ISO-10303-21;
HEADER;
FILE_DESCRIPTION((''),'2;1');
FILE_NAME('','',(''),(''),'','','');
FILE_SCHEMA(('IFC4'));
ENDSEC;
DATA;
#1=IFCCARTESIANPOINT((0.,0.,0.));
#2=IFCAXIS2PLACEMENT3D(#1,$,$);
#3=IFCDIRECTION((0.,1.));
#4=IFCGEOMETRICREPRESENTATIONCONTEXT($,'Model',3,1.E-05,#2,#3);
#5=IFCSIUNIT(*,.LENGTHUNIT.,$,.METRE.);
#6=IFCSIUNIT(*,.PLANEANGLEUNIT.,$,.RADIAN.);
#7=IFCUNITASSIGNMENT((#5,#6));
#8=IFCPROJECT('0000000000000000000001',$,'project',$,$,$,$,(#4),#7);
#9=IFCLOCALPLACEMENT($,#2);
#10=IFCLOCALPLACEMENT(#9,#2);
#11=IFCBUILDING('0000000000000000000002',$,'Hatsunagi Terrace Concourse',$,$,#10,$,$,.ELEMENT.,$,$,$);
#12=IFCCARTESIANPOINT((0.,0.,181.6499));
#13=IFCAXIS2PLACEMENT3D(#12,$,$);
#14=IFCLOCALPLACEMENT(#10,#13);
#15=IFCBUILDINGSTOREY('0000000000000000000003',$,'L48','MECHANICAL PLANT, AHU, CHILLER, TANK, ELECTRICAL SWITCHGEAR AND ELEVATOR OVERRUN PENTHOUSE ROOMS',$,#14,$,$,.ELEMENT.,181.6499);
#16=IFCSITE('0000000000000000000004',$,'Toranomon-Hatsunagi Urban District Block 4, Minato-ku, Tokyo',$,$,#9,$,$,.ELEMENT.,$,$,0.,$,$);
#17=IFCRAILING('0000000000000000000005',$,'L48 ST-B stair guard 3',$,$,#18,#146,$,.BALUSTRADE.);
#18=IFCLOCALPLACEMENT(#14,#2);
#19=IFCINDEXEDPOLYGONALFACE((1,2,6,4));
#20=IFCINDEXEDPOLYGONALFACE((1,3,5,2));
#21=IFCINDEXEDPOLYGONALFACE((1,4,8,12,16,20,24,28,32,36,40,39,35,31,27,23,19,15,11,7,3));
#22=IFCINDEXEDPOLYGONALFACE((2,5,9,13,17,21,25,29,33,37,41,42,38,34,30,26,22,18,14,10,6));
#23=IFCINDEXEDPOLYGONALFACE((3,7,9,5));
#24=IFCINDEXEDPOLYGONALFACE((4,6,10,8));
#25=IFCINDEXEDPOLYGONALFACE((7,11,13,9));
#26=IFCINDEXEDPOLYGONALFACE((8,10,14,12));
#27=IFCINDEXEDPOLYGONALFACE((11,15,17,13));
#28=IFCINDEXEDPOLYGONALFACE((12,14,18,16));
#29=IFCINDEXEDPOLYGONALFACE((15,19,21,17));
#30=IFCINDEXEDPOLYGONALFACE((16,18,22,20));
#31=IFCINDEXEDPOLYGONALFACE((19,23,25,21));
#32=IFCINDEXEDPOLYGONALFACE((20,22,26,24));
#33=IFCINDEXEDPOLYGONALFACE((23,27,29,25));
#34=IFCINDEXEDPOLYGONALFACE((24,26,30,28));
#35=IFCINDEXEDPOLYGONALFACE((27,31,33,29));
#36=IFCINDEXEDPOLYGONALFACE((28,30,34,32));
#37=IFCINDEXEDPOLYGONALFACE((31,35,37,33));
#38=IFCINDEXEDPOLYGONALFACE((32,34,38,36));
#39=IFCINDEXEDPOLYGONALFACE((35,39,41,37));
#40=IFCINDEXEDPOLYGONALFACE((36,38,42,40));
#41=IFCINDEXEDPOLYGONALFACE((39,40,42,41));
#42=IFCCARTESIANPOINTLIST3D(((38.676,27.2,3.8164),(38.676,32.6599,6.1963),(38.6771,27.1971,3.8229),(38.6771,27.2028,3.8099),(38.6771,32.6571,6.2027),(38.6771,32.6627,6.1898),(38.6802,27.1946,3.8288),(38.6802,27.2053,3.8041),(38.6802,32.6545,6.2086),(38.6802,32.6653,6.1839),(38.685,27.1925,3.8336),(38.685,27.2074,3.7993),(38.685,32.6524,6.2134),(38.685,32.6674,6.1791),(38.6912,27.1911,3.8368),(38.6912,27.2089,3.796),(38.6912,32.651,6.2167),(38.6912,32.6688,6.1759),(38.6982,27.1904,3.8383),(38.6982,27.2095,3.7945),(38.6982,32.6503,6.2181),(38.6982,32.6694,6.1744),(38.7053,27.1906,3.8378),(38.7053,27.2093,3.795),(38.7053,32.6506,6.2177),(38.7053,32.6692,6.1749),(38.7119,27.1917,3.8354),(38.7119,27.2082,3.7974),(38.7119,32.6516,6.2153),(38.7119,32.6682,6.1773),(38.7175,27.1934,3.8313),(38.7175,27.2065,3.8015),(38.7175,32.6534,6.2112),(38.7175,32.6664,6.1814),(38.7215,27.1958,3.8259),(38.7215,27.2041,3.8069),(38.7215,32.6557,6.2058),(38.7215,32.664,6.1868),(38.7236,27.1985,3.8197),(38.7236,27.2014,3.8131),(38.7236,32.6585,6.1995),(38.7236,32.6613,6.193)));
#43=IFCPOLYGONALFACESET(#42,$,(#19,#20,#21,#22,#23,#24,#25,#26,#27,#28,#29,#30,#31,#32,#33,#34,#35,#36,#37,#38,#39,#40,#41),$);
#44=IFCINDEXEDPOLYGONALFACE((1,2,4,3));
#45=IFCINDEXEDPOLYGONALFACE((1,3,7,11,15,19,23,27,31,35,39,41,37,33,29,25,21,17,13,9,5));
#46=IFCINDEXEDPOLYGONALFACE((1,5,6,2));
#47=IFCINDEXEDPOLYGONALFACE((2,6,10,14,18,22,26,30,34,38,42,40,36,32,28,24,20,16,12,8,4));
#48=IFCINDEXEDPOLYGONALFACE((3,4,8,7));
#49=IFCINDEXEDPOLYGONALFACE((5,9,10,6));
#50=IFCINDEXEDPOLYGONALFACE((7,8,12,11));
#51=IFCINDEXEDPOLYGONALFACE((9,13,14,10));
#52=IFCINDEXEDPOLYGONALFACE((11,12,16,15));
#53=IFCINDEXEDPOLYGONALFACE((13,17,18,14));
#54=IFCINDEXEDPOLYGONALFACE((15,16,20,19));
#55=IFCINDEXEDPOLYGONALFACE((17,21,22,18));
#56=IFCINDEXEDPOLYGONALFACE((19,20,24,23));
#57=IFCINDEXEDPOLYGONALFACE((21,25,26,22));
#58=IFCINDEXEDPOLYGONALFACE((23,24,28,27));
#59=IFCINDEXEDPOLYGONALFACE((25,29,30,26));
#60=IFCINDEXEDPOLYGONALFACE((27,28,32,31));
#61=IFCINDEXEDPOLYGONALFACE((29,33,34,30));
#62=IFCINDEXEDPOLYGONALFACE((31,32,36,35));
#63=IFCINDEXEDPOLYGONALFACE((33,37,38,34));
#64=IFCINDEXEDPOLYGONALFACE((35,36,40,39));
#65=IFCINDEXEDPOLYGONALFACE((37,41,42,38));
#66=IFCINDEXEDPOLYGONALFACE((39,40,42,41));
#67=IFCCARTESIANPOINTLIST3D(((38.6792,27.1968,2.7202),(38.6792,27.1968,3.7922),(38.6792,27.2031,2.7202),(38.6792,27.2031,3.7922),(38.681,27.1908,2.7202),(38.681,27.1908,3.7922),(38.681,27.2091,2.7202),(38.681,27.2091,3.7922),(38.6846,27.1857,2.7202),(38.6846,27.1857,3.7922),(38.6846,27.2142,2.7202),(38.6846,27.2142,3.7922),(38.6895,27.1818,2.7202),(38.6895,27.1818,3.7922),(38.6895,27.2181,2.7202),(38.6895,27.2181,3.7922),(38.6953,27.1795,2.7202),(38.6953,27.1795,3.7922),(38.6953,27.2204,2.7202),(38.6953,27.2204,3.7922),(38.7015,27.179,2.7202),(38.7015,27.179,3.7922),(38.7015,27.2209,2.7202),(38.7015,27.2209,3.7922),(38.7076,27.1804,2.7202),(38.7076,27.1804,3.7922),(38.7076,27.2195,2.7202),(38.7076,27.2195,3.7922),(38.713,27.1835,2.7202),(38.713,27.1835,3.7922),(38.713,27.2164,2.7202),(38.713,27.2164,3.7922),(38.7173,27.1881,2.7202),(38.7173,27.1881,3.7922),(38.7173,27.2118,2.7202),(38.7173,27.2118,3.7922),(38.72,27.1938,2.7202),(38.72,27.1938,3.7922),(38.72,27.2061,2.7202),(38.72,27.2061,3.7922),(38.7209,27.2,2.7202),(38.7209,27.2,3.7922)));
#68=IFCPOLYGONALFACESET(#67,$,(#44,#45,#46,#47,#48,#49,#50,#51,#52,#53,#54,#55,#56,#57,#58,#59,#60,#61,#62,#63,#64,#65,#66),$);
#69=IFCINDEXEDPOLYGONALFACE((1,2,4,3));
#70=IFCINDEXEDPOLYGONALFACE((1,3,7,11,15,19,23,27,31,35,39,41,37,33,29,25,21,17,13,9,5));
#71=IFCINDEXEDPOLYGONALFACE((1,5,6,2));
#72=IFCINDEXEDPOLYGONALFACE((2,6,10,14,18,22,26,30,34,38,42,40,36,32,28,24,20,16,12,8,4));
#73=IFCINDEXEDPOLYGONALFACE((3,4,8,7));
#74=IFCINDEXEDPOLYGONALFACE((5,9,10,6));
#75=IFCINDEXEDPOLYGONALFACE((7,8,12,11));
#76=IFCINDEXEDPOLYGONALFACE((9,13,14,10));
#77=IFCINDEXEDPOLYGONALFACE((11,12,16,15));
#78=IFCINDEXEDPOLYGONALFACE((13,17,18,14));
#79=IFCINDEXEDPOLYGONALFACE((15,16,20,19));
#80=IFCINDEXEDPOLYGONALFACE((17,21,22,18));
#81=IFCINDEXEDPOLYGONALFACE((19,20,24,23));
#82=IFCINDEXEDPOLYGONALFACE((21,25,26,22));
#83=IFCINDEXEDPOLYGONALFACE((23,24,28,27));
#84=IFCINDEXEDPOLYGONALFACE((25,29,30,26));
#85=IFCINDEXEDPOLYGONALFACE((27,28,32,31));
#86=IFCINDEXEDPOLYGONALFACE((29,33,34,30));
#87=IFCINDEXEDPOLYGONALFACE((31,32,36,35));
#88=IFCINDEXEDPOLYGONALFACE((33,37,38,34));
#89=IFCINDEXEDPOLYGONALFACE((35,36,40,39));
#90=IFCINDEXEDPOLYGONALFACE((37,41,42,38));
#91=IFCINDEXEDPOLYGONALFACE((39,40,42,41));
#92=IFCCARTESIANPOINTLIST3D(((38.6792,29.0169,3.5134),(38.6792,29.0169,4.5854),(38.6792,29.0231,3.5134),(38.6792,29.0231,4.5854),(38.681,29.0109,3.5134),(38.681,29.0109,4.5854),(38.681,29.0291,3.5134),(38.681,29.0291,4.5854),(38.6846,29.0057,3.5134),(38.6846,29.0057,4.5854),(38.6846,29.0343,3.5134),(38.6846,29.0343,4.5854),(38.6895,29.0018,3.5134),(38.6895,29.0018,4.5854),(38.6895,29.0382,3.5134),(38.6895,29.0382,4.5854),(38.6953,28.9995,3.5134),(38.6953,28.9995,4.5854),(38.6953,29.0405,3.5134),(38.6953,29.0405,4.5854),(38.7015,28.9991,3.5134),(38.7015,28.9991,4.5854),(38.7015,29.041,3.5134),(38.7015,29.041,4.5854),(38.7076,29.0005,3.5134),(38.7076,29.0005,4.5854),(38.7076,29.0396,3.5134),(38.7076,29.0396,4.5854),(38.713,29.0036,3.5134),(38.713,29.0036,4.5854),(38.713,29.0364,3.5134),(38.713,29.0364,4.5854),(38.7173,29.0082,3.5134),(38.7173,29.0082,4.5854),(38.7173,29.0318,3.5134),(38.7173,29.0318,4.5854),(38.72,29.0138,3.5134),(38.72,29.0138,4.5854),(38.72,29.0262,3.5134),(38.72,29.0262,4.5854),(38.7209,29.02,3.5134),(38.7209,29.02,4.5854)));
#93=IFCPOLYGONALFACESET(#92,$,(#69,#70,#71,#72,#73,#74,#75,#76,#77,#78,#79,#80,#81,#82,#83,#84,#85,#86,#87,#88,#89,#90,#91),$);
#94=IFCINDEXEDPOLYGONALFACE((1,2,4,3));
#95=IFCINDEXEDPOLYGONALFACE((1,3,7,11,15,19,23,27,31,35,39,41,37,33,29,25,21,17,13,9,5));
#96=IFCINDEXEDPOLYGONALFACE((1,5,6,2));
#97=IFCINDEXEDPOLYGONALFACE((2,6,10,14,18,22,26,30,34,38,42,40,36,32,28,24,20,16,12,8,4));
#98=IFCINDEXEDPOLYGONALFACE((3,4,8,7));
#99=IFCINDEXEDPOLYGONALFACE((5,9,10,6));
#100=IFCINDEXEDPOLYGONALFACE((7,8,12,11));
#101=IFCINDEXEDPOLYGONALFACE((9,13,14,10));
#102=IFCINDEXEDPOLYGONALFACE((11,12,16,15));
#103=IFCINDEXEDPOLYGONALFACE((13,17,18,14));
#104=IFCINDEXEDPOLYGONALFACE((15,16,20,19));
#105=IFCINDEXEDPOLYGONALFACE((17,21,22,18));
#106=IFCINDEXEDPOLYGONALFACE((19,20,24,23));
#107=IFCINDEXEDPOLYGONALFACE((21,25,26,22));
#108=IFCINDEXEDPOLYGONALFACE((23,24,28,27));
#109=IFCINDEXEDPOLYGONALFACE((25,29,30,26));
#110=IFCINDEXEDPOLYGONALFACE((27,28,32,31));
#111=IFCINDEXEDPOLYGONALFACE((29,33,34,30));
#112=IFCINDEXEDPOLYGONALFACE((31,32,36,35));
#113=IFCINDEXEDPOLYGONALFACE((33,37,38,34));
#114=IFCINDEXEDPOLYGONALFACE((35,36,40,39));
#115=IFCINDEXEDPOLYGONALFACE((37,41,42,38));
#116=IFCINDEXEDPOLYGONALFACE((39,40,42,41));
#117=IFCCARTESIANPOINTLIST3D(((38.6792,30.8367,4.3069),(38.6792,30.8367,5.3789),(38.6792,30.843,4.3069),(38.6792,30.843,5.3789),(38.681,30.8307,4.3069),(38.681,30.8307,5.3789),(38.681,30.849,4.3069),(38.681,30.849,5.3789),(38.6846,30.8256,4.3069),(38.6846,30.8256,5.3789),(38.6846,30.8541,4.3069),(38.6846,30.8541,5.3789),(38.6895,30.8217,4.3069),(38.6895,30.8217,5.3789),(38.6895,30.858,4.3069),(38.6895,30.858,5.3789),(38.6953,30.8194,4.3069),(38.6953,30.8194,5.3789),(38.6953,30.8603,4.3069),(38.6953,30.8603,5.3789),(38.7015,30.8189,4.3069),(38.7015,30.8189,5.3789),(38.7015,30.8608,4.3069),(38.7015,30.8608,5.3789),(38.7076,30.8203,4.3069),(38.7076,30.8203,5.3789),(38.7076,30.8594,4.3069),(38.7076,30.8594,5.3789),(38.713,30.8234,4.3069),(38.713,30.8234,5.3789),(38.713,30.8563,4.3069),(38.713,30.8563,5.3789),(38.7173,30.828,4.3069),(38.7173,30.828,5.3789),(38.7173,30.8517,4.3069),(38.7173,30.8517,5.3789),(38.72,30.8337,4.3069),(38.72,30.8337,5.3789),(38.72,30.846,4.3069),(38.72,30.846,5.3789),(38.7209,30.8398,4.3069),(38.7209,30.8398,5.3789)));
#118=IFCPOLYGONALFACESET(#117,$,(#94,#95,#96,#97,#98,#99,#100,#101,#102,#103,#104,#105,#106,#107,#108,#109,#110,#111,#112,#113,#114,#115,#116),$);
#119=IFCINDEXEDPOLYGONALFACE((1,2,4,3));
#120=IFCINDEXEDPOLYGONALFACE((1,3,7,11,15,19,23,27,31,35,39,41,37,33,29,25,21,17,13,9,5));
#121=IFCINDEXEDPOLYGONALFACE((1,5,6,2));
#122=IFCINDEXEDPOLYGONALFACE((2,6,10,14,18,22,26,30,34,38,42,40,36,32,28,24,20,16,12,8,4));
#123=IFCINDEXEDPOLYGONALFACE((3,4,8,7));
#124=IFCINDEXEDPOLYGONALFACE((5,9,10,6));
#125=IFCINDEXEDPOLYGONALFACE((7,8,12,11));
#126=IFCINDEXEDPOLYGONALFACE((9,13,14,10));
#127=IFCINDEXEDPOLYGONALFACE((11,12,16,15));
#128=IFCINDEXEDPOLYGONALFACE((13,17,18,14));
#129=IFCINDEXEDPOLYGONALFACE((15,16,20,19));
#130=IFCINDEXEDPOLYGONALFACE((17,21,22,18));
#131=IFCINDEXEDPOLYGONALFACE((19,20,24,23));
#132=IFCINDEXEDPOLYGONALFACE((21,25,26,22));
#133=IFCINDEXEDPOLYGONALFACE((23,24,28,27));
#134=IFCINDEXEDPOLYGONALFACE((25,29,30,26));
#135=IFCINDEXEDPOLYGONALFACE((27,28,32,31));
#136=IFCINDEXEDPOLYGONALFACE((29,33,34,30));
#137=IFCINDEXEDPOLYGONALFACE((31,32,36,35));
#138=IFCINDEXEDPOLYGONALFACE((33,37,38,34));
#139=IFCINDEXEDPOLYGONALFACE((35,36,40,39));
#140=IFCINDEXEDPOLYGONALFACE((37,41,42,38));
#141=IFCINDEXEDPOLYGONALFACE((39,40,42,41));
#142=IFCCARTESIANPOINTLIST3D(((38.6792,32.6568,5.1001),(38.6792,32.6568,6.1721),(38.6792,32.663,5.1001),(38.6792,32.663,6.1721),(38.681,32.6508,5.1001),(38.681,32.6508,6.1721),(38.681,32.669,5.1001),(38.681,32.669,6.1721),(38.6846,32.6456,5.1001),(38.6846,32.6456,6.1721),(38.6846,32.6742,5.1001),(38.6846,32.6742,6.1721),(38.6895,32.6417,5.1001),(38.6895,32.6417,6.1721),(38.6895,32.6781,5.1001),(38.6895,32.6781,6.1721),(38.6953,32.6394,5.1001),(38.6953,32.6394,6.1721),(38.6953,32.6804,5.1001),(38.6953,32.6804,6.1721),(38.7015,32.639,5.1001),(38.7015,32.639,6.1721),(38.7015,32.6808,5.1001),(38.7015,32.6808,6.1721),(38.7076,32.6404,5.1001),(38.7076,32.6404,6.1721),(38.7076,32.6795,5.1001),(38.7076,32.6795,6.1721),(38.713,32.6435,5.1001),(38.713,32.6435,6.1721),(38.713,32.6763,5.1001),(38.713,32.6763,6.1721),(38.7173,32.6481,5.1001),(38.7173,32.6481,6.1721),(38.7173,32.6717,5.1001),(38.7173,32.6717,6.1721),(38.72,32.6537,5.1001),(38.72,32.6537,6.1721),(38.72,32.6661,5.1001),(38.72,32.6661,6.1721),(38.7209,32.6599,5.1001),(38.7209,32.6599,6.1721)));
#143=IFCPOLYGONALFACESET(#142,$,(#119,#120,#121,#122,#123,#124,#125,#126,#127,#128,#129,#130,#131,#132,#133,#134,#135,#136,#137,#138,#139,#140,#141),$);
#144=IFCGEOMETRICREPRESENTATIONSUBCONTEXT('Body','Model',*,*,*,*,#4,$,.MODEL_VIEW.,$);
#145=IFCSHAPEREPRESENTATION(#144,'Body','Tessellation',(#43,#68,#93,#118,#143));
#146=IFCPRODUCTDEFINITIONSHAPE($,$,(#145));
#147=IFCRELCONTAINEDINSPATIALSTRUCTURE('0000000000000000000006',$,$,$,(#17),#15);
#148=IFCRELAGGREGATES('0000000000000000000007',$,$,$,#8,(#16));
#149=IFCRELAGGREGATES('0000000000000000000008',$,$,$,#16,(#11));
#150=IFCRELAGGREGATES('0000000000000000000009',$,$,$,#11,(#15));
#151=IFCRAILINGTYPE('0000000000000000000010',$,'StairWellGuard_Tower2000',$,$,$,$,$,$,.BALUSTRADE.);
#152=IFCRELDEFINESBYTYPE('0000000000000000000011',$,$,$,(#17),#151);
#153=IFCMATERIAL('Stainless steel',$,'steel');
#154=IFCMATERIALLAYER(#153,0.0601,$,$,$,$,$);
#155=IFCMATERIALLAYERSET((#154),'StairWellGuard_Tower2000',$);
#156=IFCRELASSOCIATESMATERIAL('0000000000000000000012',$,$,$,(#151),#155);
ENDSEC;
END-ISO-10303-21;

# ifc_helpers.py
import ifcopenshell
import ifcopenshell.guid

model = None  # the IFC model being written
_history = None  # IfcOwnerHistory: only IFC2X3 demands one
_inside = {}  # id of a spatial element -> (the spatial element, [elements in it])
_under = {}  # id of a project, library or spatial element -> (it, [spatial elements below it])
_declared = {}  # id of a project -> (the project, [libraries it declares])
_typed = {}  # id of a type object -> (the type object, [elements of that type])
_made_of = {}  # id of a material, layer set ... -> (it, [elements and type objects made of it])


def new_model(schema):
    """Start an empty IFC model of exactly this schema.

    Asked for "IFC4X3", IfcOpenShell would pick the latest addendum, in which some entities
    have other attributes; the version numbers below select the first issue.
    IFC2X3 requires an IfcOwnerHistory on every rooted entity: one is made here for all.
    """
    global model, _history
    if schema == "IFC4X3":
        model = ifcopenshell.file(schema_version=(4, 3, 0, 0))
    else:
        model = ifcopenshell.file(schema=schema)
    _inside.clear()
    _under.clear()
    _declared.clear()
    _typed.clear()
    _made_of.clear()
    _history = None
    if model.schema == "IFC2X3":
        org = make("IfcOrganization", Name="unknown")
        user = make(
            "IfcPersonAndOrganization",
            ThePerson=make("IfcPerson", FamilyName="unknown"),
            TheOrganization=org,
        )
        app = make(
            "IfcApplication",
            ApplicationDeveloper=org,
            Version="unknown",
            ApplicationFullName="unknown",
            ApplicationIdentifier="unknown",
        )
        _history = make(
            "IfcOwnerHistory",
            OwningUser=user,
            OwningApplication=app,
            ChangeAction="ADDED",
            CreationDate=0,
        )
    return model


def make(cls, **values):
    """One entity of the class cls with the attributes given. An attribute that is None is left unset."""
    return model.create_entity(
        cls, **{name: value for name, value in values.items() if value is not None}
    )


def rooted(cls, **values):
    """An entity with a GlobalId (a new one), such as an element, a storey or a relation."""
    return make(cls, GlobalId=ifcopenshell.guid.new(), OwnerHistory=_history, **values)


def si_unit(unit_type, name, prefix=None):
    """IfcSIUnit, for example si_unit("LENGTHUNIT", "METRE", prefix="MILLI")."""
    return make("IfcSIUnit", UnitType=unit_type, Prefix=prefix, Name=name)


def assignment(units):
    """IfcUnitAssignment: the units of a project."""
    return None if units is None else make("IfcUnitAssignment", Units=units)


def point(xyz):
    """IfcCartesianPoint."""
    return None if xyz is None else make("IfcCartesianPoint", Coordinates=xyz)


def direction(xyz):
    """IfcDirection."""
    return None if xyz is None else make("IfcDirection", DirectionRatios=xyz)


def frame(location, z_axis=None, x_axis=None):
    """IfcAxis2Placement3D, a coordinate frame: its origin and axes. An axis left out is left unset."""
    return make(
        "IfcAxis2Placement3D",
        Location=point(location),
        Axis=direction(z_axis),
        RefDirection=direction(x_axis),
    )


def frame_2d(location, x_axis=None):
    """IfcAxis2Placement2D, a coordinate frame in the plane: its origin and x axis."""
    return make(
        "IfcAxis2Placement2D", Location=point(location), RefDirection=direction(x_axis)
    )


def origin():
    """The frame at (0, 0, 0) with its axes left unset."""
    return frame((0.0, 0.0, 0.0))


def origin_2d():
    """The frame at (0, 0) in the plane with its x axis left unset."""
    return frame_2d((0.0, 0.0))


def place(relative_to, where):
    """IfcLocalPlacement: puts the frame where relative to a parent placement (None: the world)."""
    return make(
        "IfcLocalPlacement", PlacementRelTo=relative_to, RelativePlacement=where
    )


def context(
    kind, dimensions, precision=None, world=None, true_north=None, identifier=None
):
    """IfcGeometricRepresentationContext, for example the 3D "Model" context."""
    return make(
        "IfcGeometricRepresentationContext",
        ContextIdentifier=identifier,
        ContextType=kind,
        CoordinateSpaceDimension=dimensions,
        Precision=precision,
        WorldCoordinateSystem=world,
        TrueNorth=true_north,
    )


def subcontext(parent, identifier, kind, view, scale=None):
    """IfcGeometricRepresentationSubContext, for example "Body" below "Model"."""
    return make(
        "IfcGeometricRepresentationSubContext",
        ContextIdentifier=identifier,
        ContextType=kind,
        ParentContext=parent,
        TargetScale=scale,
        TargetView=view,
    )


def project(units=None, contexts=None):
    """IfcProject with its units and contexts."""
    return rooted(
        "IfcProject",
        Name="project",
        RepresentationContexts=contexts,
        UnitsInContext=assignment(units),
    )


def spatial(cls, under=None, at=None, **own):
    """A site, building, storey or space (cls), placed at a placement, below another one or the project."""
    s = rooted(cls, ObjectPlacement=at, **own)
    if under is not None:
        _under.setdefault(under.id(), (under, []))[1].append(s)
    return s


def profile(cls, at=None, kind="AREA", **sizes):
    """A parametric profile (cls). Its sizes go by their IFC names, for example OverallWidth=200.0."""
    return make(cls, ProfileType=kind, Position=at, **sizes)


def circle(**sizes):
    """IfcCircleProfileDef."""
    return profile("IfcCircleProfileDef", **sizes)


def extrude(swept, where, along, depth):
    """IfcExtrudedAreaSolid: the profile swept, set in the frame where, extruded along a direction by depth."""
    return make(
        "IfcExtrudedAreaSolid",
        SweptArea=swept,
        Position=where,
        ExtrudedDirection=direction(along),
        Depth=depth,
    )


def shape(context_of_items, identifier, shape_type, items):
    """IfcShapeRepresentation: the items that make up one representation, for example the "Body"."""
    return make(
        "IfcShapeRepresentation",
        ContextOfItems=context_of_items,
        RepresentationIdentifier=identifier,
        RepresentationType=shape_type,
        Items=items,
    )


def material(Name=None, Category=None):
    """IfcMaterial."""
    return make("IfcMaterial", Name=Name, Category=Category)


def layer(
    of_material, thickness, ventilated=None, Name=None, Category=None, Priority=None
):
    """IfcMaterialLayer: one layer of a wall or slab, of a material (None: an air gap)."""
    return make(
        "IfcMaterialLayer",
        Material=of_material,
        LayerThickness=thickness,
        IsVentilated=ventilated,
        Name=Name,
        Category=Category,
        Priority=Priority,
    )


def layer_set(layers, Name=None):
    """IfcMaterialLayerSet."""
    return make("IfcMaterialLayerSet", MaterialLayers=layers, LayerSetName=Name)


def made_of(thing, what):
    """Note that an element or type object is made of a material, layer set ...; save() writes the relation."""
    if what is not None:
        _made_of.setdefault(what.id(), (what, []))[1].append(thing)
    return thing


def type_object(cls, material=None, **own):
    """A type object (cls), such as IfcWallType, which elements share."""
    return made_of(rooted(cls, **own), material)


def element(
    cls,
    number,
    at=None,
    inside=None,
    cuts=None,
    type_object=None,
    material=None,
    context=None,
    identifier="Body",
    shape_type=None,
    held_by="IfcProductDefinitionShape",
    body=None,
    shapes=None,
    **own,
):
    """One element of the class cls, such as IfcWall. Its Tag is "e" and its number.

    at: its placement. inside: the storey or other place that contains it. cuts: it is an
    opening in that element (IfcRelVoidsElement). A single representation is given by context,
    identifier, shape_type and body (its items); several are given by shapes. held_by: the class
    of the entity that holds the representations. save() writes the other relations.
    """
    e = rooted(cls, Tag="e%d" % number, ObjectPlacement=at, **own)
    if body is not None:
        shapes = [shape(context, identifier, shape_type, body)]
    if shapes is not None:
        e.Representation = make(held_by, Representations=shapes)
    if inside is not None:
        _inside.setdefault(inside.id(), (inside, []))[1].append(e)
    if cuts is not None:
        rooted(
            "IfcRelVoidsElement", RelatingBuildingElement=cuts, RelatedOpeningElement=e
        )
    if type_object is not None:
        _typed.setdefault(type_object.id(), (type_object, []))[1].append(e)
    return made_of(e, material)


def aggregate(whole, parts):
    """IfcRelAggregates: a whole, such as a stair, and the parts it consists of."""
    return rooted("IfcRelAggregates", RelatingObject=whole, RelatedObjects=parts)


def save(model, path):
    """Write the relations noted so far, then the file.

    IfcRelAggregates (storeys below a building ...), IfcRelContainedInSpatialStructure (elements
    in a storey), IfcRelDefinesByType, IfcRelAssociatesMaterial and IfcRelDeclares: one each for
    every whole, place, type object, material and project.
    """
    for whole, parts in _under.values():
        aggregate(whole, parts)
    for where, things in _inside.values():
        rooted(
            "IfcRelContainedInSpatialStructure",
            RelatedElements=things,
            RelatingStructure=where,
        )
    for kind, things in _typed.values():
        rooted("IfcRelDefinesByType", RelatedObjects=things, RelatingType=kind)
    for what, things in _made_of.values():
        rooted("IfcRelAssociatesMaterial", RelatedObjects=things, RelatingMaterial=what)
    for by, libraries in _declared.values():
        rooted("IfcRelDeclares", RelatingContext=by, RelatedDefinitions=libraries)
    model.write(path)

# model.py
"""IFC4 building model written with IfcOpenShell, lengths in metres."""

from ifc_helpers import new_model, si_unit, direction, frame, origin, origin_2d, place, context, subcontext, project, spatial, circle, extrude, material, layer, layer_set, type_object, element, save


model = new_model("IFC4")

# Units and contexts
model_context = context("Model", 3, precision=1e-05, world=origin(), true_north=direction((0.0, 1.0)))
body_context = subcontext(model_context, "Body", "Model", "MODEL_VIEW")
ifc_project = project(units=[si_unit("LENGTHUNIT", "METRE"), si_unit("PLANEANGLEUNIT", "RADIAN")], contexts=[model_context])

# Site, building, storey
site_placement = place(None, origin())
site = spatial("IfcSite", under=ifc_project, at=site_placement, Name="Toranomon-Hatsunagi Urban District Block 4, Minato-ku, Tokyo", CompositionType="ELEMENT", RefElevation=0.0)
building_placement = place(site_placement, origin())
building = spatial("IfcBuilding", under=site, at=building_placement, Name="Hatsunagi Terrace Concourse", CompositionType="ELEMENT")
storey_placement = place(building_placement, frame((0.0, 0.0, 181.6499)))
storey = spatial("IfcBuildingStorey", under=building, at=storey_placement, Name="L48", Description="MECHANICAL PLANT, AHU, CHILLER, TANK, ELECTRICAL SWITCHGEAR AND ELEVATOR OVERRUN PENTHOUSE ROOMS", CompositionType="ELEMENT", Elevation=181.6499)

# Railing
ifc_material_1 = material(Name="Stainless steel", Category="steel")
ifc_layer_1 = layer(ifc_material_1, 0.0601)
ifc_layer_set_1 = layer_set([ifc_layer_1], Name="StairWellGuard_Tower2000")
railing_type_1 = type_object("IfcRailingType", Name="StairWellGuard_Tower2000", PredefinedType="BALUSTRADE", material=ifc_layer_set_1)
railing_1_placement = place(storey_placement, frame((38.7, 27.2, 2.7202)))
element("IfcRailing", 1, at=railing_1_placement, inside=storey, type_object=railing_type_1, Name="L48 ST-B stair guard 3", PredefinedType="BALUSTRADE", context=body_context, shape_type="SweptSolid", body=[
    extrude(circle(Radius=0.0239, at=origin_2d()), frame((0.0, 0.0, 1.0962), z_axis=(0.0, 0.916702, 0.399571), x_axis=(-1.0, 0.0, 0.0)), (0.0, 0.0, 1.0), 5.9561),
    extrude(circle(Radius=0.021, at=origin_2d()), origin(), (0.0, 0.0, 1.0), 1.072),
    extrude(circle(Radius=0.021, at=origin_2d()), frame((0.0, 1.8201, 0.7932)), (0.0, 0.0, 1.0), 1.072),
    extrude(circle(Radius=0.021, at=origin_2d()), frame((0.0, 3.6399, 1.5867)), (0.0, 0.0, 1.0), 1.072),
    extrude(circle(Radius=0.021, at=origin_2d()), frame((0.0, 5.46, 2.3799)), (0.0, 0.0, 1.0), 1.072),
])

save(model, "model.ifc")
